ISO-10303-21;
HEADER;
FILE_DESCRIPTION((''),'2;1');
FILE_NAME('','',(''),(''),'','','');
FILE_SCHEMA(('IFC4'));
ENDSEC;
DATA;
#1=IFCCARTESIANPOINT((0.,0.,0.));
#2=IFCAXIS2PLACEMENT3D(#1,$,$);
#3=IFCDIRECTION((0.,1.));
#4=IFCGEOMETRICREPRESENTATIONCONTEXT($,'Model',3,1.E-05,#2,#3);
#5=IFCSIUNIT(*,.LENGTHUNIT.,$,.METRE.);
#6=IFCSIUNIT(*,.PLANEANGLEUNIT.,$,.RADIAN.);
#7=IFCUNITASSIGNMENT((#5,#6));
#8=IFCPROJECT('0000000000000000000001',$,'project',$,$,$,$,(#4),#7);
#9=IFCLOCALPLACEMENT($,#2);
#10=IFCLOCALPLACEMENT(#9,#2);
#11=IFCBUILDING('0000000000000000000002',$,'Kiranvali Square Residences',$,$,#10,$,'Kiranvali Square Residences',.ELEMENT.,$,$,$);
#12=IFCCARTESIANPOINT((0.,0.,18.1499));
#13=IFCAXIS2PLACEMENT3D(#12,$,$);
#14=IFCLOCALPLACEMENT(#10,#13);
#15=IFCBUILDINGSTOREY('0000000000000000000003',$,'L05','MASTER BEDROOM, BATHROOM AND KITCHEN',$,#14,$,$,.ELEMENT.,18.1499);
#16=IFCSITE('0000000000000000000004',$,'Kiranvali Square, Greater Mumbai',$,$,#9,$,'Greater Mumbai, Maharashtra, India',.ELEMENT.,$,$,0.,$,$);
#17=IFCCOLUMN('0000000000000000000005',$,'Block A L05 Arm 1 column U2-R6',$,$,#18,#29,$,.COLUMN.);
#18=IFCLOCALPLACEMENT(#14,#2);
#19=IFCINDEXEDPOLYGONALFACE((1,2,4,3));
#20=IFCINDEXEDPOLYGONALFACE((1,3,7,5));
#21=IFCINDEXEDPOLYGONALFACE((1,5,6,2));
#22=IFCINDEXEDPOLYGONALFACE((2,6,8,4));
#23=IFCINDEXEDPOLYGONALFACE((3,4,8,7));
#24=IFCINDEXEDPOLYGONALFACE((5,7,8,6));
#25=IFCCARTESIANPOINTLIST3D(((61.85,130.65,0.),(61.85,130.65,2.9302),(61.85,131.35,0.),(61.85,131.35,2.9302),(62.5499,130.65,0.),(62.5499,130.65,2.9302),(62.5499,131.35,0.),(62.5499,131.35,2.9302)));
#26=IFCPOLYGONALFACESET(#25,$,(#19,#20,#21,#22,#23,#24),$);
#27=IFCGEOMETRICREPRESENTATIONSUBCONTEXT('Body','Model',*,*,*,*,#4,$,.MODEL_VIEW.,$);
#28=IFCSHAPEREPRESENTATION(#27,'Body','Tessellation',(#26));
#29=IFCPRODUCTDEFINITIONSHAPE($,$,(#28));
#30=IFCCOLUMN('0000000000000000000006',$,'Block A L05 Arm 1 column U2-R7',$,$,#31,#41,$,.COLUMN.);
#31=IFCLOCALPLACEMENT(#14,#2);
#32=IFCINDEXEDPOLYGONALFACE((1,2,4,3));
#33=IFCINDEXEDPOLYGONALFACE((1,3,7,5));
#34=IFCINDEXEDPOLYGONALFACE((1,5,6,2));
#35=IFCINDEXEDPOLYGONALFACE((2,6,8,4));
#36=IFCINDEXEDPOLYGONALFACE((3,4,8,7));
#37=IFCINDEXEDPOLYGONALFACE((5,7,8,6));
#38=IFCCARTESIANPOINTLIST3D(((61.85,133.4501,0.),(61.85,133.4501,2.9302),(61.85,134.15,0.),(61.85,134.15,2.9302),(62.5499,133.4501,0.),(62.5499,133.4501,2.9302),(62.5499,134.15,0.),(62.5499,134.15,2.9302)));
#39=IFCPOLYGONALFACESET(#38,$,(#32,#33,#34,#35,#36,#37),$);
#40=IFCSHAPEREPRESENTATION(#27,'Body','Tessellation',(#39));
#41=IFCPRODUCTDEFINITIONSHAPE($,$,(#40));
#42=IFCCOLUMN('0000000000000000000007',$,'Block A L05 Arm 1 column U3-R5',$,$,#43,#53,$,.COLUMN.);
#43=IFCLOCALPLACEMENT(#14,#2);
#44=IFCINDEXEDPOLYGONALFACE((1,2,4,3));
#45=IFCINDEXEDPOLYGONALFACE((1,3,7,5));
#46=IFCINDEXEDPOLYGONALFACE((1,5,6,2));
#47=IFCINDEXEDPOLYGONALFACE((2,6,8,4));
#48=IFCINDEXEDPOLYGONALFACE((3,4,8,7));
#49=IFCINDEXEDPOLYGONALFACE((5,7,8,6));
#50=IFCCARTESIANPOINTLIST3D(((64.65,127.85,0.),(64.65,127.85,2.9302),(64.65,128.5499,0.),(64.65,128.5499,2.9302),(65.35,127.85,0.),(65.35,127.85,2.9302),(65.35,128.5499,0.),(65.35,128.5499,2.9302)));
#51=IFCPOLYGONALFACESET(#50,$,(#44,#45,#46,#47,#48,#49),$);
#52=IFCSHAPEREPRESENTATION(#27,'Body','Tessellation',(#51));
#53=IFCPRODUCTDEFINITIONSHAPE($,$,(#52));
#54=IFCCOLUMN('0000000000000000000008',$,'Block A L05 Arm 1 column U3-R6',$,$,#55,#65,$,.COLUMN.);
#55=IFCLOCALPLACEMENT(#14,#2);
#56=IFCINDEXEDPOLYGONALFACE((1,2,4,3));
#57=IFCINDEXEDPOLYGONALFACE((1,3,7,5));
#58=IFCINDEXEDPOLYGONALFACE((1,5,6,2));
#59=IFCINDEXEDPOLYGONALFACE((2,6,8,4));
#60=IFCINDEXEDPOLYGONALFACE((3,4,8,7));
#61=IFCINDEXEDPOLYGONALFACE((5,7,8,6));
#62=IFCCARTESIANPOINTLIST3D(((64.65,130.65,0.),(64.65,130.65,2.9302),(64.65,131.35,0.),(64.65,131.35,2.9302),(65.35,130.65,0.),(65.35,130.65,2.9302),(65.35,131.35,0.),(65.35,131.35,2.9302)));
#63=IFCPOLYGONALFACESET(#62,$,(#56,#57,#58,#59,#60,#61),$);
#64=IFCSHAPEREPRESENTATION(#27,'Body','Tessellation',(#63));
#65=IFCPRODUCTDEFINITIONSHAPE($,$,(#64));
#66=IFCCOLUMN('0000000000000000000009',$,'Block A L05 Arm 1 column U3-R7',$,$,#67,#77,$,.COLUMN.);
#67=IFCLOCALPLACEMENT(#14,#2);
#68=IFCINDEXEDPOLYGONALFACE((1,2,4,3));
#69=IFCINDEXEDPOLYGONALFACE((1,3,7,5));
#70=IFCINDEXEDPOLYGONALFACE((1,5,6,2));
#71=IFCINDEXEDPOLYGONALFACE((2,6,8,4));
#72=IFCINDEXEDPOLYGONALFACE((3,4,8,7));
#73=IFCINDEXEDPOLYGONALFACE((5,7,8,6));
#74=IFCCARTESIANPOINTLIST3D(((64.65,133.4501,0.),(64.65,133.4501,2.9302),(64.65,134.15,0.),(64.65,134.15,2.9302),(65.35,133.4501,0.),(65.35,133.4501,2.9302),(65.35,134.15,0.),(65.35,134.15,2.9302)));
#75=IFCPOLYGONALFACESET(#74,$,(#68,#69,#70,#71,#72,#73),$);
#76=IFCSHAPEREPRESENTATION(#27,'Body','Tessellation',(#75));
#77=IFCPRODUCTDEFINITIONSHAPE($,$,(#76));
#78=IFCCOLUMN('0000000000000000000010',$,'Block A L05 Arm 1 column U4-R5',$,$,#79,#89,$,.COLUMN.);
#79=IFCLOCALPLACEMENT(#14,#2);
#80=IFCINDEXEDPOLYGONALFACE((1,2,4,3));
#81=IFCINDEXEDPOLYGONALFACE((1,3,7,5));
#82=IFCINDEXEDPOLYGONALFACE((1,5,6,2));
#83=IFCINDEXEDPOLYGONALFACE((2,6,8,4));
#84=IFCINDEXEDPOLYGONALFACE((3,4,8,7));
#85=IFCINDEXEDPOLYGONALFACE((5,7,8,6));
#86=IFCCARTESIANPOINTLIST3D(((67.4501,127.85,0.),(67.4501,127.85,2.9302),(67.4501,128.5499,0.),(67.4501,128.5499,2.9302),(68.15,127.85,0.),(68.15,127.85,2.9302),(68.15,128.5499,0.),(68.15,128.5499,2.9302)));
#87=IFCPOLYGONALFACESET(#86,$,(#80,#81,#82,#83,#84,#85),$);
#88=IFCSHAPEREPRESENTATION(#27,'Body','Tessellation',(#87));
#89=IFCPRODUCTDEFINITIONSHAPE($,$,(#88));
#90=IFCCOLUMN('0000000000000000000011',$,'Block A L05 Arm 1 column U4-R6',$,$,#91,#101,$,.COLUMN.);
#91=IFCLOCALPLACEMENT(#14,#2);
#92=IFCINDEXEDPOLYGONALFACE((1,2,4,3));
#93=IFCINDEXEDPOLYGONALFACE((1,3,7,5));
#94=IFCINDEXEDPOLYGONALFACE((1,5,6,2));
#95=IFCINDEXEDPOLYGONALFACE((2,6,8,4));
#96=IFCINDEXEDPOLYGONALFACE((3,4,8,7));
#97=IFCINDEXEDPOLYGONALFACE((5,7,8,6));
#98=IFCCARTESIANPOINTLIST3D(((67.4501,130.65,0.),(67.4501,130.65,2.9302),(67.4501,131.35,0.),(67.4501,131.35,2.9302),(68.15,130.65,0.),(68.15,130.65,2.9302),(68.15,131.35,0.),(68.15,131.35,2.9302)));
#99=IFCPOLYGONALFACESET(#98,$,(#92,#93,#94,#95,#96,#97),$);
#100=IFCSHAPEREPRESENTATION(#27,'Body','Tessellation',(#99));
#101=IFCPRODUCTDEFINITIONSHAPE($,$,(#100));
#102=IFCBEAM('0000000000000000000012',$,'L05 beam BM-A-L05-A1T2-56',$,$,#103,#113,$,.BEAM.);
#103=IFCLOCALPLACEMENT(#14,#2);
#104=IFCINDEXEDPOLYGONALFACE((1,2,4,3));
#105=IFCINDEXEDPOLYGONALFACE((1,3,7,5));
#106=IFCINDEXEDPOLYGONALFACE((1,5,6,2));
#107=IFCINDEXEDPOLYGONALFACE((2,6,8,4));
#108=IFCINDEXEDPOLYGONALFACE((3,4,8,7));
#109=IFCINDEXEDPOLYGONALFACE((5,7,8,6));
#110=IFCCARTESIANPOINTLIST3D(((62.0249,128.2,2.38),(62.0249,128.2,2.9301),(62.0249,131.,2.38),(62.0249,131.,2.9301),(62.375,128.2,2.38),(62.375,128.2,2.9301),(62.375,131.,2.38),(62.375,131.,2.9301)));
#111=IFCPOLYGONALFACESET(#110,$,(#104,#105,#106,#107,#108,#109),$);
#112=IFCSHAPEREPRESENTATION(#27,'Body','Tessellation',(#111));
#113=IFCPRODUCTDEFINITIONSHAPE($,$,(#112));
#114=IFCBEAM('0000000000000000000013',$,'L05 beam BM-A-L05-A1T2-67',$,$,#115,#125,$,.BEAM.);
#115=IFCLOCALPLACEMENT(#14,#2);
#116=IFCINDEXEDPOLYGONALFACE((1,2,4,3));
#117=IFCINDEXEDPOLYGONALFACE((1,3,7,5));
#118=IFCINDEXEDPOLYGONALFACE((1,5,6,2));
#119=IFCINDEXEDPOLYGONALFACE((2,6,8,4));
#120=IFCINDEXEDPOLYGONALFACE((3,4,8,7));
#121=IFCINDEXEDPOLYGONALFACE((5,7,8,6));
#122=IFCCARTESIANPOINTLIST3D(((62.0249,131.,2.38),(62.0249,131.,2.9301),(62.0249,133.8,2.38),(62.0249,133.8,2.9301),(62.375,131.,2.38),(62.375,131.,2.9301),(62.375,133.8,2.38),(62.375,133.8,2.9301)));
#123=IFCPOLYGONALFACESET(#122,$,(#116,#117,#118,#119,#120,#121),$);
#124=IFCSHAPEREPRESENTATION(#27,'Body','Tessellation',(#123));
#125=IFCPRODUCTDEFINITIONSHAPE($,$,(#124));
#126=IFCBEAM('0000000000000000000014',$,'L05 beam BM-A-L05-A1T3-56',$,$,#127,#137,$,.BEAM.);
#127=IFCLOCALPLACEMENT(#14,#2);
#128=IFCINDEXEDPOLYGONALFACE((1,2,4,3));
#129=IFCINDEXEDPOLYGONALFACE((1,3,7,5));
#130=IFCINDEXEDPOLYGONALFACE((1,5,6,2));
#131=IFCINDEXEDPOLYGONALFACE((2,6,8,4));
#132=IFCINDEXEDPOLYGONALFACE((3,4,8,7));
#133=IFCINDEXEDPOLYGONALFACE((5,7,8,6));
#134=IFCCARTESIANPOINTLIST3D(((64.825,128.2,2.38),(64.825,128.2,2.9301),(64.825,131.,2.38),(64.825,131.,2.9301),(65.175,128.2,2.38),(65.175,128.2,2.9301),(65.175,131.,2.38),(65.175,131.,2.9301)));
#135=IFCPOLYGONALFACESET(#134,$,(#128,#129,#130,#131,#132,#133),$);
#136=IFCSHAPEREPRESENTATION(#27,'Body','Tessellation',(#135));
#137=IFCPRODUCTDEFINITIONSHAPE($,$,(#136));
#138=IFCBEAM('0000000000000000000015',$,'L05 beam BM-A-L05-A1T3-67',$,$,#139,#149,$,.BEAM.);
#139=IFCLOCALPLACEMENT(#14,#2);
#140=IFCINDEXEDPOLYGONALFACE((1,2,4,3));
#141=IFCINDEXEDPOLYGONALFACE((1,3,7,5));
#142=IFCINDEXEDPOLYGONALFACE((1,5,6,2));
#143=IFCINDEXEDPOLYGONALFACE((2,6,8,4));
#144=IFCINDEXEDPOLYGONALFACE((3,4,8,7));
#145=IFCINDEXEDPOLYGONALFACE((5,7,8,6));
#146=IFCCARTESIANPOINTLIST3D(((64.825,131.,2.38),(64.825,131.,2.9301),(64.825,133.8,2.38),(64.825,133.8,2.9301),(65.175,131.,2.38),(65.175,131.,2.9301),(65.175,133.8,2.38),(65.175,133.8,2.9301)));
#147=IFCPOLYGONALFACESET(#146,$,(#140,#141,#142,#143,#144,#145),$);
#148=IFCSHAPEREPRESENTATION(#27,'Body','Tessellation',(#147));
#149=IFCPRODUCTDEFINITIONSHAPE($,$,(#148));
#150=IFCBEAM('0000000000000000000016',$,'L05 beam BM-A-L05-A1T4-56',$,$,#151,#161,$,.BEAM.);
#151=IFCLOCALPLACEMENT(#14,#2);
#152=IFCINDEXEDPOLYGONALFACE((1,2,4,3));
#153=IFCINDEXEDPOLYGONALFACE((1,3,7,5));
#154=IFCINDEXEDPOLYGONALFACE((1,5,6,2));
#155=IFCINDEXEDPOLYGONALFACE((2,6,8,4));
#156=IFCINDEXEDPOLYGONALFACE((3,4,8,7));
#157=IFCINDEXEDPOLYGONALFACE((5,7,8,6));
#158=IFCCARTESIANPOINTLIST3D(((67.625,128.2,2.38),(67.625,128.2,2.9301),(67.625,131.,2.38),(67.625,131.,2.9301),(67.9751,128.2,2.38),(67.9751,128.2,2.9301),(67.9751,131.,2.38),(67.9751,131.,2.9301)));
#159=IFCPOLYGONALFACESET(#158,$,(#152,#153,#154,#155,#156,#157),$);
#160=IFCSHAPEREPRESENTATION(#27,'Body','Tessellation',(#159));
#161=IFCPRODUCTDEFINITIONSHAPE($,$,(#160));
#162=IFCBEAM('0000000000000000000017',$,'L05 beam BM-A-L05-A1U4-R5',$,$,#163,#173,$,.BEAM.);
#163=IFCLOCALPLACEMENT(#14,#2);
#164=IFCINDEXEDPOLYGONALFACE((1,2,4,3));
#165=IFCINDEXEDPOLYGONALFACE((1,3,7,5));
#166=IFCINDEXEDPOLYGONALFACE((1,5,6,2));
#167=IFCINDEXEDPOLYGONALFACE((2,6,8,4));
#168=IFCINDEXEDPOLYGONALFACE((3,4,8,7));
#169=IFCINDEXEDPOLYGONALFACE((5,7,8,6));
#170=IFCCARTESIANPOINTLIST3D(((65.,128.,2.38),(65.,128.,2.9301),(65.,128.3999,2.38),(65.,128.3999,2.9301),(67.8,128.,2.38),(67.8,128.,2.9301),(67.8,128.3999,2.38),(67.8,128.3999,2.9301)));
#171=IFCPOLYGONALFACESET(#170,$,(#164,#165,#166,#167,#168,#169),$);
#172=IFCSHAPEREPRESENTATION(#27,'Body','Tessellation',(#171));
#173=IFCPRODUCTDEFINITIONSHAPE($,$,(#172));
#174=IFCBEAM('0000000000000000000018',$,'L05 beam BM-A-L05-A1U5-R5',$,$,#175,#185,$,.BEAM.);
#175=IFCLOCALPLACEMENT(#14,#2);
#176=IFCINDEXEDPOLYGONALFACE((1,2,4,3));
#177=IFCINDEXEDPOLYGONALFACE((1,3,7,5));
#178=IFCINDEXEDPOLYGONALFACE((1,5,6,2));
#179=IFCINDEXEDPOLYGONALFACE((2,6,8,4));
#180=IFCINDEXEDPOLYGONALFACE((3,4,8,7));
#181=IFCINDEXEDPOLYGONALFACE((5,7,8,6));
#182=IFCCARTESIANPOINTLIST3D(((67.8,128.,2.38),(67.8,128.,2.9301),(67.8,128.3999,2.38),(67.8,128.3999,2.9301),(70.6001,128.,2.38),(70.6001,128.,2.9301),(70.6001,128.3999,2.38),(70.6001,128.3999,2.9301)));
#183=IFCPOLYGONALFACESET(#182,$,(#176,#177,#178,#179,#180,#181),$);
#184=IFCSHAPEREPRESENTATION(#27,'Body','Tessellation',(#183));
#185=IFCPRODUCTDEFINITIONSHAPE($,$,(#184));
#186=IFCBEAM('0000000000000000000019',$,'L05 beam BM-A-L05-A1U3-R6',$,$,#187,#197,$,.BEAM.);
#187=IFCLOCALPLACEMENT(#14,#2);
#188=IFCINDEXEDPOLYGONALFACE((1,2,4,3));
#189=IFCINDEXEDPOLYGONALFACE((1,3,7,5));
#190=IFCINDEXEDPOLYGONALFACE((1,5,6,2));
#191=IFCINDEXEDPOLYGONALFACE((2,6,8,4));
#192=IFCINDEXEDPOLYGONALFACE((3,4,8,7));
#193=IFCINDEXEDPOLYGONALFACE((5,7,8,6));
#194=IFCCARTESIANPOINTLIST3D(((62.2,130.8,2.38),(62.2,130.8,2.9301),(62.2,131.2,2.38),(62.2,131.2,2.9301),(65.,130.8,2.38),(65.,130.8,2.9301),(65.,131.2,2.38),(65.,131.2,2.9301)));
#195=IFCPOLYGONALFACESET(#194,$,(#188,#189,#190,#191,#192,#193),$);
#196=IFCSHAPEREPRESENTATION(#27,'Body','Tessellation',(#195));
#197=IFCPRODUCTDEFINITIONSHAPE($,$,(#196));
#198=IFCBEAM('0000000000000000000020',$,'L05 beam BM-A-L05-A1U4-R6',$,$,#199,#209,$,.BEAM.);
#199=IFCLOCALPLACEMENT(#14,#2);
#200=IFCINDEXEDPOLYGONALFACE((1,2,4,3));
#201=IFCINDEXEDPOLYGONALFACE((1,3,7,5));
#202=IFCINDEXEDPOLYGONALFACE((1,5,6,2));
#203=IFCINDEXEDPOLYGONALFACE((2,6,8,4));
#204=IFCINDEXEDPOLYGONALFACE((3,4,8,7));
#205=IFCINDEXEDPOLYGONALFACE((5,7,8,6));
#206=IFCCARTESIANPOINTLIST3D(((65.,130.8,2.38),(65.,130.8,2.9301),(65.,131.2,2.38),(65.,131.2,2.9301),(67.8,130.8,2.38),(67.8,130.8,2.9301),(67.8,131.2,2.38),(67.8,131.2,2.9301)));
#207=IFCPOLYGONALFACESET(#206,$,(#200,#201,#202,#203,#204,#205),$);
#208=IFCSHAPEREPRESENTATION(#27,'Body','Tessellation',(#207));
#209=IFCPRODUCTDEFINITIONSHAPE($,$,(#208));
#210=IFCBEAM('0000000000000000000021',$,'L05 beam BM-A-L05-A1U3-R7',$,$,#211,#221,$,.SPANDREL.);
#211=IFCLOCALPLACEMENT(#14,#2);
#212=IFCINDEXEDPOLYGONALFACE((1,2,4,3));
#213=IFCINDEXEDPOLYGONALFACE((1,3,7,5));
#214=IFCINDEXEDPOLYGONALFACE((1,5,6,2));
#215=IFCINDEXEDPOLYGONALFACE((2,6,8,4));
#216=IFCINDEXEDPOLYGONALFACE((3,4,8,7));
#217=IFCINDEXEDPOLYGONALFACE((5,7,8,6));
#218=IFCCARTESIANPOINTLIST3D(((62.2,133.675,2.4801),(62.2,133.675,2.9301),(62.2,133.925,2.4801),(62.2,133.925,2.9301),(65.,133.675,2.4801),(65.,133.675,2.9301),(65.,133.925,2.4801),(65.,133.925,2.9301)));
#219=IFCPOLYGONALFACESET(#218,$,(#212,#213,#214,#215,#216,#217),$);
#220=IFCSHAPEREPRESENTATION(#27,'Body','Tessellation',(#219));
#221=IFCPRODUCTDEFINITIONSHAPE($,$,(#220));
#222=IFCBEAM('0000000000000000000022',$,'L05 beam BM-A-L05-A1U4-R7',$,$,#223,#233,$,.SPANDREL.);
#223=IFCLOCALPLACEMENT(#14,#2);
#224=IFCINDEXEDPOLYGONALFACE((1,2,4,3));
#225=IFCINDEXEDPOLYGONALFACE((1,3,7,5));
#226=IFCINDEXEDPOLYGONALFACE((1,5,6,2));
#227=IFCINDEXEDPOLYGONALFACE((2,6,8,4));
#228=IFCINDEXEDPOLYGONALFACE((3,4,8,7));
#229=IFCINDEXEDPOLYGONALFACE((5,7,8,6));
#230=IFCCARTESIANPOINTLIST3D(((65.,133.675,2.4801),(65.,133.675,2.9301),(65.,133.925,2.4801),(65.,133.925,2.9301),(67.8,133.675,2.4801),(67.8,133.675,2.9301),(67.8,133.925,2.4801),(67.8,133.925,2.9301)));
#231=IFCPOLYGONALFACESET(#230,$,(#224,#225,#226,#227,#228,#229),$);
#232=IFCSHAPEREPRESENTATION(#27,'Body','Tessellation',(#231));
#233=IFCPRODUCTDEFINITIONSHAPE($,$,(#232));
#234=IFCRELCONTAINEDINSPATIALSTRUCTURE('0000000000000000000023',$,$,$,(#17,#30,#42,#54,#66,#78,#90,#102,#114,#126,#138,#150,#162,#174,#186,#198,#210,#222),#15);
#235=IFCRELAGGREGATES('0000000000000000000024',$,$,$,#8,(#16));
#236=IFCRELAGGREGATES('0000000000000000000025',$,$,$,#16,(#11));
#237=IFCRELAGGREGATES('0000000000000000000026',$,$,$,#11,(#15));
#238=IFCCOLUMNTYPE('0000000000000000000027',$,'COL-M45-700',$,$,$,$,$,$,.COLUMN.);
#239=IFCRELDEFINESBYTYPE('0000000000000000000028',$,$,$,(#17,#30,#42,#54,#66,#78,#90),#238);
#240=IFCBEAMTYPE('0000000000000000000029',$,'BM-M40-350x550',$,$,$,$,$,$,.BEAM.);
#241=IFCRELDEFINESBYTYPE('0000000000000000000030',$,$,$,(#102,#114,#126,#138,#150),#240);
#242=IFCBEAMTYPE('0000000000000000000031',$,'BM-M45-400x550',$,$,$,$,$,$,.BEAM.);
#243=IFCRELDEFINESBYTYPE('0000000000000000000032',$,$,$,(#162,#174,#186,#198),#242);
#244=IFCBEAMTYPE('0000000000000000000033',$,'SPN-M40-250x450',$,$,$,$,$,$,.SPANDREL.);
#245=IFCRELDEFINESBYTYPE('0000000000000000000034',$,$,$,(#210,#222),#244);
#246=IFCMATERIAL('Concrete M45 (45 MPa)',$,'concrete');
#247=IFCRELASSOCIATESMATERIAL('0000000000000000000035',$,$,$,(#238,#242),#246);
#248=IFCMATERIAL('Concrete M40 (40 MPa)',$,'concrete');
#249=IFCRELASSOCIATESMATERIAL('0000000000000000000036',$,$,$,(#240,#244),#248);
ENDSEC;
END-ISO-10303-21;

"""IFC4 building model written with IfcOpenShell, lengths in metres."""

from ifc_helpers import new_model, si_unit, direction, frame, origin, origin_2d, place, context, subcontext, project, spatial, rectangle, extrude, material, material_profile, profile_set, type_object, element, save


model = new_model("IFC4")

# Units and contexts
model_context = context("Model", 3, precision=1e-05, world=origin(), true_north=direction((0.0, 1.0)))
body_context = subcontext(model_context, "Body", "Model", "MODEL_VIEW")
ifc_project = project(units=[si_unit("LENGTHUNIT", "METRE"), si_unit("PLANEANGLEUNIT", "RADIAN")], contexts=[model_context])

# Site, building, storey
site_placement = place(None, origin())
site = spatial("IfcSite", under=ifc_project, at=site_placement, Name="Kiranvali Square, Greater Mumbai", LongName="Greater Mumbai, Maharashtra, India", CompositionType="ELEMENT", RefElevation=0.0)
building_placement = place(site_placement, origin())
building = spatial("IfcBuilding", under=site, at=building_placement, Name="Kiranvali Square Residences", LongName="Kiranvali Square Residences", CompositionType="ELEMENT")
storey_placement = place(building_placement, frame((0.0, 0.0, 18.1499)))
storey = spatial("IfcBuildingStorey", under=building, at=storey_placement, Name="L05", Description="MASTER BEDROOM, BATHROOM AND KITCHEN", CompositionType="ELEMENT", Elevation=18.1499)

# Columns
ifc_material_1 = material(Name="Concrete M45 (45 MPa)", Category="concrete")
ifc_material_profile_1 = material_profile(ifc_material_1, rectangle(XDim=0.7, YDim=0.7, at=origin_2d()), Name="RC 700x700")
ifc_profile_set_1 = profile_set([ifc_material_profile_1], Name="Concrete M45 (45 MPa)")
column_type = type_object("IfcColumnType", Name="COL-M45-700", PredefinedType="COLUMN", material=ifc_profile_set_1)
for number, where, z_axis, x_axis, name in (
    (1, (62.2, 131.0, 0.0), (0.0, 0.0, 1.0), (1.0, 0.0, 0.0), "Block A L05 Arm 1 column U2-R6"),
    (2, (62.2, 133.8, 0.0), (0.0, 0.0, 1.0), (1.0, 0.0, 0.0), "Block A L05 Arm 1 column U2-R7"),
    (3, (65.0, 128.2, 0.0), (0.0, 0.0, 1.0), (1.0, 0.0, 0.0), "Block A L05 Arm 1 column U3-R5"),
    (4, (65.0, 131.0, 0.0), (0.0, 0.0, 1.0), (1.0, 0.0, 0.0), "Block A L05 Arm 1 column U3-R6"),
    (5, (65.0, 133.8, 0.0), (0.0, 0.0, 1.0), (1.0, 0.0, 0.0), "Block A L05 Arm 1 column U3-R7"),
    (6, (67.8, 128.2, 0.0), (0.0, 0.0, 1.0), (1.0, 0.0, 0.0), "Block A L05 Arm 1 column U4-R5"),
    (7, (67.8, 131.0, 0.0), (0.0, 0.0, 1.0), (1.0, 0.0, 0.0), "Block A L05 Arm 1 column U4-R6"),
):
    element("IfcColumn", number, at=place(storey_placement, frame(where, z_axis=z_axis, x_axis=x_axis)), inside=storey, type_object=column_type, Name=name, PredefinedType="COLUMN", context=body_context, shape_type="SweptSolid", body=[
        extrude(rectangle(XDim=0.7, YDim=0.7, at=origin_2d()), origin(), (0.0, 0.0, 1.0), 2.9302),
    ])

# Beams
ifc_material_2 = material(Name="Concrete M40 (40 MPa)", Category="concrete")
ifc_material_profile_2 = material_profile(ifc_material_2, rectangle(XDim=0.3501, YDim=0.55, at=origin_2d()), Name="RC 350x550")
ifc_profile_set_2 = profile_set([ifc_material_profile_2], Name="Concrete M40 (40 MPa)")
beam_type_1 = type_object("IfcBeamType", Name="BM-M40-350x550", PredefinedType="BEAM", material=ifc_profile_set_2)
for number, where, z_axis, x_axis, name in (
    (8, (62.2, 128.2, 2.655), (0.0, 1.0, 0.0), (-1.0, 0.0, 0.0), "L05 beam BM-A-L05-A1T2-56"),
    (9, (62.2, 131.0, 2.655), (0.0, 1.0, 0.0), (-1.0, 0.0, 0.0), "L05 beam BM-A-L05-A1T2-67"),
    (10, (65.0, 128.2, 2.655), (0.0, 1.0, 0.0), (-1.0, 0.0, 0.0), "L05 beam BM-A-L05-A1T3-56"),
    (11, (65.0, 131.0, 2.655), (0.0, 1.0, 0.0), (-1.0, 0.0, 0.0), "L05 beam BM-A-L05-A1T3-67"),
    (12, (67.8, 128.2, 2.655), (0.0, 1.0, 0.0), (-1.0, 0.0, 0.0), "L05 beam BM-A-L05-A1T4-56"),
):
    element("IfcBeam", number, at=place(storey_placement, frame(where, z_axis=z_axis, x_axis=x_axis)), inside=storey, type_object=beam_type_1, Name=name, PredefinedType="BEAM", context=body_context, shape_type="SweptSolid", body=[
        extrude(rectangle(XDim=0.3501, YDim=0.55, at=origin_2d()), origin(), (0.0, 0.0, 1.0), 2.8),
    ])
ifc_material_profile_3 = material_profile(ifc_material_1, rectangle(XDim=0.3999, YDim=0.55, at=origin_2d()), Name="RC 400x550")
ifc_profile_set_3 = profile_set([ifc_material_profile_3], Name="Concrete M45 (45 MPa)")
beam_type_2 = type_object("IfcBeamType", Name="BM-M45-400x550", PredefinedType="BEAM", material=ifc_profile_set_3)
for number, where, z_axis, x_axis, name in (
    (13, (65.0, 128.2, 2.655), (1.0, 0.0, 0.0), (0.0, 1.0, 0.0), "L05 beam BM-A-L05-A1U4-R5"),
    (14, (67.8, 128.2, 2.655), (1.0, 0.0, 0.0), (0.0, 1.0, 0.0), "L05 beam BM-A-L05-A1U5-R5"),
    (15, (62.2, 131.0, 2.655), (1.0, 0.0, 0.0), (0.0, 1.0, 0.0), "L05 beam BM-A-L05-A1U3-R6"),
    (16, (65.0, 131.0, 2.655), (1.0, 0.0, 0.0), (0.0, 1.0, 0.0), "L05 beam BM-A-L05-A1U4-R6"),
):
    element("IfcBeam", number, at=place(storey_placement, frame(where, z_axis=z_axis, x_axis=x_axis)), inside=storey, type_object=beam_type_2, Name=name, PredefinedType="BEAM", context=body_context, shape_type="SweptSolid", body=[
        extrude(rectangle(XDim=0.3999, YDim=0.55, at=origin_2d()), origin(), (0.0, 0.0, 1.0), 2.8),
    ])
ifc_material_profile_4 = material_profile(ifc_material_2, rectangle(XDim=0.25, YDim=0.45, at=origin_2d()), Name="RC 250x450")
ifc_profile_set_4 = profile_set([ifc_material_profile_4], Name="Concrete M40 (40 MPa)")
beam_type_3 = type_object("IfcBeamType", Name="SPN-M40-250x450", PredefinedType="SPANDREL", material=ifc_profile_set_4)
for number, where, z_axis, x_axis, name in (
    (17, (62.2, 133.8, 2.7051), (1.0, 0.0, 0.0), (0.0, 1.0, 0.0), "L05 beam BM-A-L05-A1U3-R7"),
    (18, (65.0, 133.8, 2.7051), (1.0, 0.0, 0.0), (0.0, 1.0, 0.0), "L05 beam BM-A-L05-A1U4-R7"),
):
    element("IfcBeam", number, at=place(storey_placement, frame(where, z_axis=z_axis, x_axis=x_axis)), inside=storey, type_object=beam_type_3, Name=name, PredefinedType="SPANDREL", context=body_context, shape_type="SweptSolid", body=[
        extrude(rectangle(XDim=0.25, YDim=0.45, at=origin_2d()), origin(), (0.0, 0.0, 1.0), 2.8),
    ])

save(model, "model.ifc")
